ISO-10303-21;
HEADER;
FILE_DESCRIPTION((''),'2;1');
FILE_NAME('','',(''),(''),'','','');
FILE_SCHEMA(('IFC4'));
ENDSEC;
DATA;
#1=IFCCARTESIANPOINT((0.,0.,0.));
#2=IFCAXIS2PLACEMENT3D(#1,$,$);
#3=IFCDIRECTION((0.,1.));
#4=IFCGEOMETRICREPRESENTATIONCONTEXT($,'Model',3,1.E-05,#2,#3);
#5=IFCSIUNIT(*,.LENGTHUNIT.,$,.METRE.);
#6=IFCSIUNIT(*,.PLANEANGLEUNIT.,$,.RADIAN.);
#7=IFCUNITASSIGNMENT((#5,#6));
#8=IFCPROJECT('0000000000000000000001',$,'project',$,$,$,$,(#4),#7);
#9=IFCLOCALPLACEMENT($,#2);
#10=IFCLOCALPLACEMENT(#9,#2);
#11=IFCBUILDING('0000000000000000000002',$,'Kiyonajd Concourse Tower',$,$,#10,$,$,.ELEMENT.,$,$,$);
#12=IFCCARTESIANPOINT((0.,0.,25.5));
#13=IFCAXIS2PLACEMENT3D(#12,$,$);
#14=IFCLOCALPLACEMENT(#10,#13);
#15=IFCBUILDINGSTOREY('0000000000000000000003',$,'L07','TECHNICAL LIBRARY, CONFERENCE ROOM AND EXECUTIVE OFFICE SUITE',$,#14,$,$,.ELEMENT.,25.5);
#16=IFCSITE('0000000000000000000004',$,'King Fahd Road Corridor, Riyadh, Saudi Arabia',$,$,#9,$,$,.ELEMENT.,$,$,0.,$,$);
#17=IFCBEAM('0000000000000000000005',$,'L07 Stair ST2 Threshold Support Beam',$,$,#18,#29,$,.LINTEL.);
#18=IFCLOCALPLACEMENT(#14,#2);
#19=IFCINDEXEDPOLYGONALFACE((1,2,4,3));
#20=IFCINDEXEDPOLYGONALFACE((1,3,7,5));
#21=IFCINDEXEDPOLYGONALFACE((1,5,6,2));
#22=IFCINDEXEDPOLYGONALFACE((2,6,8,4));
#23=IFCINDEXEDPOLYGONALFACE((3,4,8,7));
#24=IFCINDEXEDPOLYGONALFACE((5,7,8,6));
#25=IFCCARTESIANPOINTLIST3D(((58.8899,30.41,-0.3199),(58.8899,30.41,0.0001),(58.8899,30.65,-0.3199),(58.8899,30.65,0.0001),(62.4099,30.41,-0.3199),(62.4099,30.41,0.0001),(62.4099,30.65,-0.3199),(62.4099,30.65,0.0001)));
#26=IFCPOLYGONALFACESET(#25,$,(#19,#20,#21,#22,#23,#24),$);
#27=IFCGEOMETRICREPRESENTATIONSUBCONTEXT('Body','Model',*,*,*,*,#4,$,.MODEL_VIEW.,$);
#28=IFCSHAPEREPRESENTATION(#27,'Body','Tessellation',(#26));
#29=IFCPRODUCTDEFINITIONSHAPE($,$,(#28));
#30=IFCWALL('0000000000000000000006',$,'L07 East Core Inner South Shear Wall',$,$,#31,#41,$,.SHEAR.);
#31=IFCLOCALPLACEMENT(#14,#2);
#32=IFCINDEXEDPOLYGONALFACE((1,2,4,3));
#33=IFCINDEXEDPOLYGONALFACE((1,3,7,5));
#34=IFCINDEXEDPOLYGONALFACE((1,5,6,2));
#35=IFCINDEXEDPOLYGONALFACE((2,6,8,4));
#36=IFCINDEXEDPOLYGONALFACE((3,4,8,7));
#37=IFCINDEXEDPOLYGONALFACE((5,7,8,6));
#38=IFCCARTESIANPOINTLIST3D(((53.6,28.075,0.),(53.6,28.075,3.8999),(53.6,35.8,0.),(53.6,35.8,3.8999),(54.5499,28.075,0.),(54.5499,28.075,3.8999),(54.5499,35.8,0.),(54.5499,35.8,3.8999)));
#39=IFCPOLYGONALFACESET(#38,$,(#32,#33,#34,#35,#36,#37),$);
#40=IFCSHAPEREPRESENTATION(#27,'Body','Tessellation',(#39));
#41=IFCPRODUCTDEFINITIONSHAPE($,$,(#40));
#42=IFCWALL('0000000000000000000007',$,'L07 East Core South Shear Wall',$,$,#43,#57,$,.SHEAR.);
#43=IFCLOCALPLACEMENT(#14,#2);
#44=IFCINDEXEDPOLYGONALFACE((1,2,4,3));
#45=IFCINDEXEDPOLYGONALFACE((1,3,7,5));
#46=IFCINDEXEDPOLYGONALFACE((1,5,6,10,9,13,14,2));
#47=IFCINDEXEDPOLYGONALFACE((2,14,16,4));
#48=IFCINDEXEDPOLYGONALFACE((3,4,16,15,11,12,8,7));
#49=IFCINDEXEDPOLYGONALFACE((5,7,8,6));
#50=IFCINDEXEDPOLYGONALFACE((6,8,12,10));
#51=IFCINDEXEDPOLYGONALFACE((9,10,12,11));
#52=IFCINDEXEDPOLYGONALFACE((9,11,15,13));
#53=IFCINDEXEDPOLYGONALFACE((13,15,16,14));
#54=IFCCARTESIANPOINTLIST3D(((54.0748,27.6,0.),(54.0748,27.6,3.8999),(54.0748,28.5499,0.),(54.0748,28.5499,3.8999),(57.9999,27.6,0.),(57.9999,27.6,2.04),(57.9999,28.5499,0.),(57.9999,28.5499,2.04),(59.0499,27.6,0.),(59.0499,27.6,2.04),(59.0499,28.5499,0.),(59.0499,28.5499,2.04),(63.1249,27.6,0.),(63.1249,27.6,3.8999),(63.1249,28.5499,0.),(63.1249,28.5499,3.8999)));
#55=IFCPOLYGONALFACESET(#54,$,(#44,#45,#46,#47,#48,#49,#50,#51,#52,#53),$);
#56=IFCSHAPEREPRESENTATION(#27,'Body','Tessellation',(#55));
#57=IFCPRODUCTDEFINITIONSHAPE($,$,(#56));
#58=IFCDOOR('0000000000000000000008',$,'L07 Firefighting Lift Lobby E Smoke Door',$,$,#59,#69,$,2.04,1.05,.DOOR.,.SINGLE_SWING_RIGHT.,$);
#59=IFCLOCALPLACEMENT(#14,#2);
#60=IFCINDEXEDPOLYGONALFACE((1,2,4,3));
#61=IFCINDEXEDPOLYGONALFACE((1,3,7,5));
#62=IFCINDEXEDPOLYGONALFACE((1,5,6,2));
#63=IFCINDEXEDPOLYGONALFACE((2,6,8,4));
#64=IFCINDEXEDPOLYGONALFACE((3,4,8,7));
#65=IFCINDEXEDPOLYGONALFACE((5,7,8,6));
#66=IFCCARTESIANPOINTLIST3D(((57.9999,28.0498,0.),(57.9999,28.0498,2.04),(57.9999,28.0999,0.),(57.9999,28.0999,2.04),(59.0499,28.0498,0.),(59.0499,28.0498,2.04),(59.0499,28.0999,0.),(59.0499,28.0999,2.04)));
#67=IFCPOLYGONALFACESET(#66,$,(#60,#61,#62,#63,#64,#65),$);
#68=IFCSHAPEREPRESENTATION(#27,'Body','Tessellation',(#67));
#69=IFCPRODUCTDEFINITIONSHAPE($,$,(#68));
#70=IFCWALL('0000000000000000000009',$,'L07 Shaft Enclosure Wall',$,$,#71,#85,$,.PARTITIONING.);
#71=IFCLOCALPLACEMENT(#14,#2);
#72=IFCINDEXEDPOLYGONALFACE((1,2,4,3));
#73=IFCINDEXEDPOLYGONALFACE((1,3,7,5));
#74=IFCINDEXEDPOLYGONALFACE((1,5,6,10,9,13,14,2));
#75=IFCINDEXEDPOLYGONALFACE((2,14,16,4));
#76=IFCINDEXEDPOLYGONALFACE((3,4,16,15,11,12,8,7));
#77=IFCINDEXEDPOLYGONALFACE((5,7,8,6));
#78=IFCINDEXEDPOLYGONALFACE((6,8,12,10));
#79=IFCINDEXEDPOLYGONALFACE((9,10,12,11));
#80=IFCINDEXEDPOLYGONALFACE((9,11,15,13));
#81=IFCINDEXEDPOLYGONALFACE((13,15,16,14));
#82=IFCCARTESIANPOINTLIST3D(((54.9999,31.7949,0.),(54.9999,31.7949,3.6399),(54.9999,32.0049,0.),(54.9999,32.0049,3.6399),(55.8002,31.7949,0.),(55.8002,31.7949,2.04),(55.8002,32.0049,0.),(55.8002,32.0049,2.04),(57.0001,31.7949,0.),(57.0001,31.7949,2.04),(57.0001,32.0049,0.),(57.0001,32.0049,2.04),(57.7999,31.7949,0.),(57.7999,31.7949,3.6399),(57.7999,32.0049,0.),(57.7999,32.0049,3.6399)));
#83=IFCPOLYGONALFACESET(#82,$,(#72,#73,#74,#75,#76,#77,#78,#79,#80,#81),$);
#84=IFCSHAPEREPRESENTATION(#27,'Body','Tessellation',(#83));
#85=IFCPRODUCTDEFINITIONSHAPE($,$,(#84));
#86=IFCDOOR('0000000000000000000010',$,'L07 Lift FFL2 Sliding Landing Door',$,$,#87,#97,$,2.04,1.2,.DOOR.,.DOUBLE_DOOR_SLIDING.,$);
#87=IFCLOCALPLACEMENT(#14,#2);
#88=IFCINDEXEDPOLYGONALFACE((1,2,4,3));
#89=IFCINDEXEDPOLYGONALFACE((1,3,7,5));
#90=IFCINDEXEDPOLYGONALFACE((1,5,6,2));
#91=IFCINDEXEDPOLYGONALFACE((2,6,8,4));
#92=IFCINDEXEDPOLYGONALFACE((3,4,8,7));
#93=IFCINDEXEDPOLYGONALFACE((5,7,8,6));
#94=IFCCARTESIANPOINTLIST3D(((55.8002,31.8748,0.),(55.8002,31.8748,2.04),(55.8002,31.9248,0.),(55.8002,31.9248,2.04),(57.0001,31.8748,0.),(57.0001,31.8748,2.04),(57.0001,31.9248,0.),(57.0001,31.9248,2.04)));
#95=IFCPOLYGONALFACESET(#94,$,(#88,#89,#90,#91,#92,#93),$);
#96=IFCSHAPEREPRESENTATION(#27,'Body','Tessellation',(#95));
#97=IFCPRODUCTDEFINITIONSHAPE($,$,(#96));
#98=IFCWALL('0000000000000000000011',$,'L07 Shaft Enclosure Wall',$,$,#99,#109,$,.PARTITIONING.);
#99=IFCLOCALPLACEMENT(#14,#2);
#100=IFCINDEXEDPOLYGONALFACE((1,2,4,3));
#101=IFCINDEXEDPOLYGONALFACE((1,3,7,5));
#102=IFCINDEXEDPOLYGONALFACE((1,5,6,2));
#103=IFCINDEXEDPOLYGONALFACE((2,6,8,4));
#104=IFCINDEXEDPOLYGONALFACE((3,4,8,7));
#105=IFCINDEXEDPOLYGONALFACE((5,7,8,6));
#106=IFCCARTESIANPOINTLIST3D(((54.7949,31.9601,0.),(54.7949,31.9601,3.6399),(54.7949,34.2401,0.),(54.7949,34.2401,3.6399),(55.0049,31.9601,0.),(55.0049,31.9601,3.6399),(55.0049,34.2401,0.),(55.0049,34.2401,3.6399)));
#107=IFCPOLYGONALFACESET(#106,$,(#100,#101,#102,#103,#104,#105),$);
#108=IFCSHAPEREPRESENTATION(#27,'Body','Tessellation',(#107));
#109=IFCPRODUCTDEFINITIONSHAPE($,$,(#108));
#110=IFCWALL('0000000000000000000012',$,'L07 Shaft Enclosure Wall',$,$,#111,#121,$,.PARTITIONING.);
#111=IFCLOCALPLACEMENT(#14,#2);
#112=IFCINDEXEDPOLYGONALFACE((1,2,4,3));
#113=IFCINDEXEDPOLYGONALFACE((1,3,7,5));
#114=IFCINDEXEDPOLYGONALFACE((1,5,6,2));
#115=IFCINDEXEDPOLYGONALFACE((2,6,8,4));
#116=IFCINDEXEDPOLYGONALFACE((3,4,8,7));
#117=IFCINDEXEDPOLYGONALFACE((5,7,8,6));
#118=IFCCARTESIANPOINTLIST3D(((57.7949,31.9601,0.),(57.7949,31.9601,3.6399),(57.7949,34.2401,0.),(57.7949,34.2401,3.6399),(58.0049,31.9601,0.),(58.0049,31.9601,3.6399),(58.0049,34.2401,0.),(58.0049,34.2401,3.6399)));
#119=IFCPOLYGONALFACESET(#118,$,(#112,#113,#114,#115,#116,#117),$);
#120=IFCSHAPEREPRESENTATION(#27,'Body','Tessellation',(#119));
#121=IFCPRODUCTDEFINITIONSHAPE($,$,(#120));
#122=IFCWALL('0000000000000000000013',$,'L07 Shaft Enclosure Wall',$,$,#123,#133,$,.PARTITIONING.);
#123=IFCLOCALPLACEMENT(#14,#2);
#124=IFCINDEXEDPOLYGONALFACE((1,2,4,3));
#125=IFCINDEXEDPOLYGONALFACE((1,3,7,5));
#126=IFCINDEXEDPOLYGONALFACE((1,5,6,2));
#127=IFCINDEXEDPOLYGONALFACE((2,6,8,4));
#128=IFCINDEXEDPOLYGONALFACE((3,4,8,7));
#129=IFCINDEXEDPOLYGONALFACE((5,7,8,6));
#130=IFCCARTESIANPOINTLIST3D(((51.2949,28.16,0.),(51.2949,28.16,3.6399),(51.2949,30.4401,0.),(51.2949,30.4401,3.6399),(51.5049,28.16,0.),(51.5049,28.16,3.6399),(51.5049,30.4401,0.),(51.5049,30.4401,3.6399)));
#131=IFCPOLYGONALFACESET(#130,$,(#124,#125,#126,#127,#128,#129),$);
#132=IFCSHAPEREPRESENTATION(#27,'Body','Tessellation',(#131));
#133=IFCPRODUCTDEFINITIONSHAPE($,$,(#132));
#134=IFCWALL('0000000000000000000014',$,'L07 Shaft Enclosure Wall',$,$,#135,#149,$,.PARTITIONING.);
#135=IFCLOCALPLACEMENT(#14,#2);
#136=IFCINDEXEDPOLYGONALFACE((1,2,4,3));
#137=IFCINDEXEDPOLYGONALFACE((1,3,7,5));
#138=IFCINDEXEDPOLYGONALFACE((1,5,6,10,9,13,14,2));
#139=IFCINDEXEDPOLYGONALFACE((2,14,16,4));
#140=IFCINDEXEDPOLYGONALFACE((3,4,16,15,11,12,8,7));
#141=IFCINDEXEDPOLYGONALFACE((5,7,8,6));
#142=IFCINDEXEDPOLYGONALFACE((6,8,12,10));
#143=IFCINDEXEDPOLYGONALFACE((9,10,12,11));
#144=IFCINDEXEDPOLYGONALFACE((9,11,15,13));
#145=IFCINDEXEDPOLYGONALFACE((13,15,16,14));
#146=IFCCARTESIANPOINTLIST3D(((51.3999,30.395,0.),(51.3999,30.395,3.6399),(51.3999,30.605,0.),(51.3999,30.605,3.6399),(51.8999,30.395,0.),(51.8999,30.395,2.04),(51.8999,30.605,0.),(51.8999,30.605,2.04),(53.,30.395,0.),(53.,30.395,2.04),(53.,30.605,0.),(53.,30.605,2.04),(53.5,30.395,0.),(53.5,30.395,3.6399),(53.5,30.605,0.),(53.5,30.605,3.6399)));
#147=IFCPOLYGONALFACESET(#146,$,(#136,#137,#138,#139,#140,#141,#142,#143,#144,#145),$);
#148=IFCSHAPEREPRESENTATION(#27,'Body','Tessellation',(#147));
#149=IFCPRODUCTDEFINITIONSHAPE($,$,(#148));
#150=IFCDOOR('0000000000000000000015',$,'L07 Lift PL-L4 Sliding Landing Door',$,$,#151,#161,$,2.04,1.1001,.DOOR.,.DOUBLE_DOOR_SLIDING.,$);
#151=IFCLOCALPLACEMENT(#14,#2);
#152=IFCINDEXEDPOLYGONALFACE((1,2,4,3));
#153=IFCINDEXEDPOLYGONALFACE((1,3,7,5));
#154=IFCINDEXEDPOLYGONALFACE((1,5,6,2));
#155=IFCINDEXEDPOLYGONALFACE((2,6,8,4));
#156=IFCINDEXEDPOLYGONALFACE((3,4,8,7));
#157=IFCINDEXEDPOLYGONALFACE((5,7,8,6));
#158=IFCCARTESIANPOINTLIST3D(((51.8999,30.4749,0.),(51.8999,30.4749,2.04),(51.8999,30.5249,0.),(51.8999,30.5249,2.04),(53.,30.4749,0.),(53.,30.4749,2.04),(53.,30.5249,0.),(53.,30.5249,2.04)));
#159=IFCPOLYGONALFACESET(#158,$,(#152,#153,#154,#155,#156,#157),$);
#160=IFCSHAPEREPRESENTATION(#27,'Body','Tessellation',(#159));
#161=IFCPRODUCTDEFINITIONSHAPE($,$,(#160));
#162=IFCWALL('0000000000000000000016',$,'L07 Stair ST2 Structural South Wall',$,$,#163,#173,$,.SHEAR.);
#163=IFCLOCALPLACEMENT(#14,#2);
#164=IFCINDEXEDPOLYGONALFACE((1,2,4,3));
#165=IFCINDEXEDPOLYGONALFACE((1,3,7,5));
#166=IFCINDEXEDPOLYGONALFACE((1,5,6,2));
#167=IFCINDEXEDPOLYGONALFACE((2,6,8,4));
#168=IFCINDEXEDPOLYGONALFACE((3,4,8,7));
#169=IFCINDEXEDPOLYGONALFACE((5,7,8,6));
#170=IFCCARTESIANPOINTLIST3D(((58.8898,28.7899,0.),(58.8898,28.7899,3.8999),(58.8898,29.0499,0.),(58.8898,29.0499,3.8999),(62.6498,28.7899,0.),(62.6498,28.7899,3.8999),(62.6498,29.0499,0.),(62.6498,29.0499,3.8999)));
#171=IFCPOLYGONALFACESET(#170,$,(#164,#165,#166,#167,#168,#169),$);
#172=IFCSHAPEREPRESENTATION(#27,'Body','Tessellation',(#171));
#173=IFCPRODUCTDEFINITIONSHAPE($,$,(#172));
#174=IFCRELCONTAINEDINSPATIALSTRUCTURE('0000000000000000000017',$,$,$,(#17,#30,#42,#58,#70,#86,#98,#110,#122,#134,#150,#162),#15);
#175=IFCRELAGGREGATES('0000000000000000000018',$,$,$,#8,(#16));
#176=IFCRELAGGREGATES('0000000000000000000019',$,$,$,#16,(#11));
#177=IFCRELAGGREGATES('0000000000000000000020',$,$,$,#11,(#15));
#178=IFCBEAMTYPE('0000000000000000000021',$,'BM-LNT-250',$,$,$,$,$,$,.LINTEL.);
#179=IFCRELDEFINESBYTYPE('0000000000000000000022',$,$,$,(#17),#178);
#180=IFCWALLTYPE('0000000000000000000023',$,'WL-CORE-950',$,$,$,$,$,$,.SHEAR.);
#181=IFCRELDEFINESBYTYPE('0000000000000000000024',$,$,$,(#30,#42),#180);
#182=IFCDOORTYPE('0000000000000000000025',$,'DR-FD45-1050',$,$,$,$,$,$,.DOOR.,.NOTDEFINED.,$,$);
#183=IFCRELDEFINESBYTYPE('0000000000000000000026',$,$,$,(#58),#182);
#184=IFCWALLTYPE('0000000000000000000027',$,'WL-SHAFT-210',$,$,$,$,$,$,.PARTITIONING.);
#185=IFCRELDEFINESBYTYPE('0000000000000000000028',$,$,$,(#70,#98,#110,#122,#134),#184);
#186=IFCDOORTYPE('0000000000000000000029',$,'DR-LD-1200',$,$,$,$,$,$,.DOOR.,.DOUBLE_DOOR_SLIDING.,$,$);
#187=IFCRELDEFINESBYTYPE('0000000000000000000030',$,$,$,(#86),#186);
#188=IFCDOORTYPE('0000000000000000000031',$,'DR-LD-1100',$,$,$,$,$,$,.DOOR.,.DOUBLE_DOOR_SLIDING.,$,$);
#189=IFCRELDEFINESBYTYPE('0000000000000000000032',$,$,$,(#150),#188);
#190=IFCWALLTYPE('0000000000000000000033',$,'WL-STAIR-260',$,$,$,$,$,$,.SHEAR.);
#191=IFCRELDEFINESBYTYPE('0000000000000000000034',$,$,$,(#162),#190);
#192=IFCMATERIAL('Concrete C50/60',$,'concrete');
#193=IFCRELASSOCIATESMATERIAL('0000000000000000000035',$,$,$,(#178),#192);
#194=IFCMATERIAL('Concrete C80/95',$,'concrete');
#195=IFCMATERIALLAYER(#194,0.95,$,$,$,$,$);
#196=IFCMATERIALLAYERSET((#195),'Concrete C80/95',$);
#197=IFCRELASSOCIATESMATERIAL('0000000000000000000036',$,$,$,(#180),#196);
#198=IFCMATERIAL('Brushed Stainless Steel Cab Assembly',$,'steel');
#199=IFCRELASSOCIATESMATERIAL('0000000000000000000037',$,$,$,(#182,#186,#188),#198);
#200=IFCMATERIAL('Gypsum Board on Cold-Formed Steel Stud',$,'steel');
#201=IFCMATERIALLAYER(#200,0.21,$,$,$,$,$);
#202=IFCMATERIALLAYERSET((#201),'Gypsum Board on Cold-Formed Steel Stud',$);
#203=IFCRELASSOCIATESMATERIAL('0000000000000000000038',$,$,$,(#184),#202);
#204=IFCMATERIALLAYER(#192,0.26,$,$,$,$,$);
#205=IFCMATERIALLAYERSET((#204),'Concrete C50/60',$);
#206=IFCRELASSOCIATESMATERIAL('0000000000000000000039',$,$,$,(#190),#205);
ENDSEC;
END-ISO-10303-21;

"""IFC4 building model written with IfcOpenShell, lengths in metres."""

from ifc_helpers import new_model, si_unit, direction, frame, frame_2d, origin, origin_2d, place, context, subcontext, project, spatial, rectangle, extrude, material, layer, layer_set, material_profile, profile_set, type_object, element, fill, save


model = new_model("IFC4")

# Units and contexts
model_context = context("Model", 3, precision=1e-05, world=origin(), true_north=direction((0.0, 1.0)))
body_context = subcontext(model_context, "Body", "Model", "MODEL_VIEW")
ifc_project = project(units=[si_unit("LENGTHUNIT", "METRE"), si_unit("PLANEANGLEUNIT", "RADIAN")], contexts=[model_context])

# Site, building, storey
site_placement = place(None, origin())
site = spatial("IfcSite", under=ifc_project, at=site_placement, Name="King Fahd Road Corridor, Riyadh, Saudi Arabia", CompositionType="ELEMENT", RefElevation=0.0)
building_placement = place(site_placement, origin())
building = spatial("IfcBuilding", under=site, at=building_placement, Name="Kiyonajd Concourse Tower", CompositionType="ELEMENT")
storey_placement = place(building_placement, frame((0.0, 0.0, 25.5)))
storey = spatial("IfcBuildingStorey", under=building, at=storey_placement, Name="L07", Description="TECHNICAL LIBRARY, CONFERENCE ROOM AND EXECUTIVE OFFICE SUITE", CompositionType="ELEMENT", Elevation=25.5)

# Beam
ifc_material_1 = material(Name="Concrete C50/60", Category="concrete")
ifc_material_profile = material_profile(ifc_material_1, rectangle(XDim=0.24, YDim=0.3201, at=origin_2d()), Name="RCBM-240x320")
ifc_profile_set = profile_set([ifc_material_profile], Name="Concrete C50/60")
beam_type = type_object("IfcBeamType", Name="BM-LNT-250", PredefinedType="LINTEL", material=ifc_profile_set)
beam_placement = place(storey_placement, frame((58.8899, 30.53, -0.1599), z_axis=(1.0, 0.0, 0.0), x_axis=(0.0, 1.0, 0.0)))
element("IfcBeam", 1, at=beam_placement, inside=storey, type_object=beam_type, Name="L07 Stair ST2 Threshold Support Beam", PredefinedType="LINTEL", context=body_context, shape_type="SweptSolid", body=[
    extrude(rectangle(XDim=0.24, YDim=0.3201, at=origin_2d()), origin(), (0.0, 0.0, 1.0), 3.52),
])

# Wall
ifc_material_2 = material(Name="Concrete C80/95", Category="concrete")
ifc_layer_1 = layer(ifc_material_2, 0.95)
ifc_layer_set_1 = layer_set([ifc_layer_1], Name="Concrete C80/95")
wall_type_1 = type_object("IfcWallType", Name="WL-CORE-950", PredefinedType="SHEAR", material=ifc_layer_set_1)
wall_1_placement = place(storey_placement, frame((54.075, 28.075, 0.0), z_axis=(0.0, 0.0, 1.0), x_axis=(0.0, 1.0, 0.0)))
element("IfcWall", 2, at=wall_1_placement, inside=storey, type_object=wall_type_1, Name="L07 East Core Inner South Shear Wall", PredefinedType="SHEAR", context=body_context, shape_type="SweptSolid", body=[
    extrude(rectangle(XDim=7.7251, YDim=0.95, at=frame_2d((3.8625, 0.0))), origin(), (0.0, 0.0, 1.0), 3.8999),
])

# Walls, openings, doors
wall_2_placement = place(storey_placement, frame((54.075, 28.075, 0.0), z_axis=(0.0, 0.0, 1.0), x_axis=(1.0, 0.0, 0.0)))
wall_2 = element("IfcWall", 3, at=wall_2_placement, inside=storey, type_object=wall_type_1, Name="L07 East Core South Shear Wall", PredefinedType="SHEAR", context=body_context, shape_type="SweptSolid", body=[
    extrude(rectangle(XDim=9.05, YDim=0.95, at=frame_2d((4.5249, 0.0))), origin(), (0.0, 0.0, 1.0), 3.8999),
])
opening_1_placement = place(wall_2_placement, frame((3.925, 0.0, 0.0)))
opening_1 = element("IfcOpeningElement", 4, at=opening_1_placement, cuts=wall_2, PredefinedType="OPENING", context=body_context, shape_type="SweptSolid", body=[
    extrude(rectangle(XDim=1.05, YDim=2.04, at=frame_2d((0.5249, 1.02))), frame((0.0, 0.4849, 0.0), z_axis=(0.0, -1.0, 0.0), x_axis=(1.0, 0.0, 0.0)), (0.0, 0.0, 1.0), 0.97),
])
ifc_material_3 = material(Name="Brushed Stainless Steel Cab Assembly", Category="steel")
door_type_1 = type_object("IfcDoorType", Name="DR-FD45-1050", OperationType="NOTDEFINED", PredefinedType="DOOR", material=ifc_material_3)
door_1_placement = place(opening_1_placement, origin())
door_1 = element("IfcDoor", 5, at=door_1_placement, inside=storey, type_object=door_type_1, Name="L07 Firefighting Lift Lobby E Smoke Door", OperationType="SINGLE_SWING_RIGHT", OverallHeight=2.04, OverallWidth=1.05, PredefinedType="DOOR", context=body_context, shape_type="SweptSolid", body=[
    extrude(rectangle(XDim=1.05, YDim=2.04, at=frame_2d((0.5249, 1.02))), frame((0.0, 0.0249, 0.0), z_axis=(0.0, -1.0, 0.0), x_axis=(1.0, 0.0, 0.0)), (0.0, 0.0, 1.0), 0.05),
])
fill(opening_1, door_1)
ifc_material_4 = material(Name="Gypsum Board on Cold-Formed Steel Stud", Category="steel")
ifc_layer_2 = layer(ifc_material_4, 0.21)
ifc_layer_set_2 = layer_set([ifc_layer_2], Name="Gypsum Board on Cold-Formed Steel Stud")
wall_type_2 = type_object("IfcWallType", Name="WL-SHAFT-210", PredefinedType="PARTITIONING", material=ifc_layer_set_2)
wall_3_placement = place(storey_placement, frame((55.0, 31.8999, 0.0), z_axis=(0.0, 0.0, 1.0), x_axis=(1.0, 0.0, 0.0)))
wall_3 = element("IfcWall", 6, at=wall_3_placement, inside=storey, type_object=wall_type_2, Name="L07 Shaft Enclosure Wall", PredefinedType="PARTITIONING", context=body_context, shape_type="SweptSolid", body=[
    extrude(rectangle(XDim=2.8, YDim=0.21, at=frame_2d((1.3999, 0.0))), origin(), (0.0, 0.0, 1.0), 3.6399),
])
opening_2_placement = place(wall_3_placement, frame((0.8, 0.0, 0.0)))
opening_2 = element("IfcOpeningElement", 7, at=opening_2_placement, cuts=wall_3, PredefinedType="OPENING", context=body_context, shape_type="SweptSolid", body=[
    extrude(rectangle(XDim=1.2, YDim=2.04, at=frame_2d((0.6001, 1.02))), frame((0.0, 0.115, 0.0), z_axis=(0.0, -1.0, 0.0), x_axis=(1.0, 0.0, 0.0)), (0.0, 0.0, 1.0), 0.23),
])
door_type_2 = type_object("IfcDoorType", Name="DR-LD-1200", OperationType="DOUBLE_DOOR_SLIDING", PredefinedType="DOOR", material=ifc_material_3)
door_2_placement = place(opening_2_placement, origin())
door_2 = element("IfcDoor", 8, at=door_2_placement, inside=storey, type_object=door_type_2, Name="L07 Lift FFL2 Sliding Landing Door", OperationType="DOUBLE_DOOR_SLIDING", OverallHeight=2.04, OverallWidth=1.2, PredefinedType="DOOR", context=body_context, shape_type="SweptSolid", body=[
    extrude(rectangle(XDim=1.2, YDim=2.04, at=frame_2d((0.6001, 1.02))), frame((0.0, 0.0249, 0.0), z_axis=(0.0, -1.0, 0.0), x_axis=(1.0, 0.0, 0.0)), (0.0, 0.0, 1.0), 0.05),
])
fill(opening_2, door_2)

# Walls
for number, where, z_axis, x_axis, name in (
    (9, (54.8999, 31.96, 0.0), (0.0, 0.0, 1.0), (0.0, 1.0, 0.0), "L07 Shaft Enclosure Wall"),
    (10, (57.8999, 31.96, 0.0), (0.0, 0.0, 1.0), (0.0, 1.0, 0.0), "L07 Shaft Enclosure Wall"),
    (11, (51.3999, 28.1599, 0.0), (0.0, 0.0, 1.0), (0.0, 1.0, 0.0), "L07 Shaft Enclosure Wall"),
):
    element("IfcWall", number, at=place(storey_placement, frame(where, z_axis=z_axis, x_axis=x_axis)), inside=storey, type_object=wall_type_2, Name=name, PredefinedType="PARTITIONING", context=body_context, shape_type="SweptSolid", body=[
        extrude(rectangle(XDim=2.28, YDim=0.21, at=frame_2d((1.1401, 0.0))), origin(), (0.0, 0.0, 1.0), 3.6399),
    ])

# Wall, opening, door
wall_4_placement = place(storey_placement, frame((51.3999, 30.5, 0.0), z_axis=(0.0, 0.0, 1.0), x_axis=(1.0, 0.0, 0.0)))
wall_4 = element("IfcWall", 12, at=wall_4_placement, inside=storey, type_object=wall_type_2, Name="L07 Shaft Enclosure Wall", PredefinedType="PARTITIONING", context=body_context, shape_type="SweptSolid", body=[
    extrude(rectangle(XDim=2.1001, YDim=0.21, at=frame_2d((1.05, 0.0))), origin(), (0.0, 0.0, 1.0), 3.6399),
])
opening_3_placement = place(wall_4_placement, frame((0.5, 0.0, 0.0)))
opening_3 = element("IfcOpeningElement", 13, at=opening_3_placement, cuts=wall_4, PredefinedType="OPENING", context=body_context, shape_type="SweptSolid", body=[
    extrude(rectangle(XDim=1.1001, YDim=2.04, at=frame_2d((0.55, 1.02))), frame((0.0, 0.115, 0.0), z_axis=(0.0, -1.0, 0.0), x_axis=(1.0, 0.0, 0.0)), (0.0, 0.0, 1.0), 0.23),
])
door_type_3 = type_object("IfcDoorType", Name="DR-LD-1100", OperationType="DOUBLE_DOOR_SLIDING", PredefinedType="DOOR", material=ifc_material_3)
door_3_placement = place(opening_3_placement, origin())
door_3 = element("IfcDoor", 14, at=door_3_placement, inside=storey, type_object=door_type_3, Name="L07 Lift PL-L4 Sliding Landing Door", OperationType="DOUBLE_DOOR_SLIDING", OverallHeight=2.04, OverallWidth=1.1001, PredefinedType="DOOR", context=body_context, shape_type="SweptSolid", body=[
    extrude(rectangle(XDim=1.1001, YDim=2.04, at=frame_2d((0.55, 1.02))), frame((0.0, 0.0249, 0.0), z_axis=(0.0, -1.0, 0.0), x_axis=(1.0, 0.0, 0.0)), (0.0, 0.0, 1.0), 0.05),
])
fill(opening_3, door_3)

# Wall
ifc_layer_3 = layer(ifc_material_1, 0.26)
ifc_layer_set_3 = layer_set([ifc_layer_3], Name="Concrete C50/60")
wall_type_3 = type_object("IfcWallType", Name="WL-STAIR-260", PredefinedType="SHEAR", material=ifc_layer_set_3)
wall_5_placement = place(storey_placement, frame((58.8899, 28.9199, 0.0), z_axis=(0.0, 0.0, 1.0), x_axis=(1.0, 0.0, 0.0)))
element("IfcWall", 15, at=wall_5_placement, inside=storey, type_object=wall_type_3, Name="L07 Stair ST2 Structural South Wall", PredefinedType="SHEAR", context=body_context, shape_type="SweptSolid", body=[
    extrude(rectangle(XDim=3.76, YDim=0.26, at=frame_2d((1.8799, 0.0))), origin(), (0.0, 0.0, 1.0), 3.8999),
])

save(model, "model.ifc")
